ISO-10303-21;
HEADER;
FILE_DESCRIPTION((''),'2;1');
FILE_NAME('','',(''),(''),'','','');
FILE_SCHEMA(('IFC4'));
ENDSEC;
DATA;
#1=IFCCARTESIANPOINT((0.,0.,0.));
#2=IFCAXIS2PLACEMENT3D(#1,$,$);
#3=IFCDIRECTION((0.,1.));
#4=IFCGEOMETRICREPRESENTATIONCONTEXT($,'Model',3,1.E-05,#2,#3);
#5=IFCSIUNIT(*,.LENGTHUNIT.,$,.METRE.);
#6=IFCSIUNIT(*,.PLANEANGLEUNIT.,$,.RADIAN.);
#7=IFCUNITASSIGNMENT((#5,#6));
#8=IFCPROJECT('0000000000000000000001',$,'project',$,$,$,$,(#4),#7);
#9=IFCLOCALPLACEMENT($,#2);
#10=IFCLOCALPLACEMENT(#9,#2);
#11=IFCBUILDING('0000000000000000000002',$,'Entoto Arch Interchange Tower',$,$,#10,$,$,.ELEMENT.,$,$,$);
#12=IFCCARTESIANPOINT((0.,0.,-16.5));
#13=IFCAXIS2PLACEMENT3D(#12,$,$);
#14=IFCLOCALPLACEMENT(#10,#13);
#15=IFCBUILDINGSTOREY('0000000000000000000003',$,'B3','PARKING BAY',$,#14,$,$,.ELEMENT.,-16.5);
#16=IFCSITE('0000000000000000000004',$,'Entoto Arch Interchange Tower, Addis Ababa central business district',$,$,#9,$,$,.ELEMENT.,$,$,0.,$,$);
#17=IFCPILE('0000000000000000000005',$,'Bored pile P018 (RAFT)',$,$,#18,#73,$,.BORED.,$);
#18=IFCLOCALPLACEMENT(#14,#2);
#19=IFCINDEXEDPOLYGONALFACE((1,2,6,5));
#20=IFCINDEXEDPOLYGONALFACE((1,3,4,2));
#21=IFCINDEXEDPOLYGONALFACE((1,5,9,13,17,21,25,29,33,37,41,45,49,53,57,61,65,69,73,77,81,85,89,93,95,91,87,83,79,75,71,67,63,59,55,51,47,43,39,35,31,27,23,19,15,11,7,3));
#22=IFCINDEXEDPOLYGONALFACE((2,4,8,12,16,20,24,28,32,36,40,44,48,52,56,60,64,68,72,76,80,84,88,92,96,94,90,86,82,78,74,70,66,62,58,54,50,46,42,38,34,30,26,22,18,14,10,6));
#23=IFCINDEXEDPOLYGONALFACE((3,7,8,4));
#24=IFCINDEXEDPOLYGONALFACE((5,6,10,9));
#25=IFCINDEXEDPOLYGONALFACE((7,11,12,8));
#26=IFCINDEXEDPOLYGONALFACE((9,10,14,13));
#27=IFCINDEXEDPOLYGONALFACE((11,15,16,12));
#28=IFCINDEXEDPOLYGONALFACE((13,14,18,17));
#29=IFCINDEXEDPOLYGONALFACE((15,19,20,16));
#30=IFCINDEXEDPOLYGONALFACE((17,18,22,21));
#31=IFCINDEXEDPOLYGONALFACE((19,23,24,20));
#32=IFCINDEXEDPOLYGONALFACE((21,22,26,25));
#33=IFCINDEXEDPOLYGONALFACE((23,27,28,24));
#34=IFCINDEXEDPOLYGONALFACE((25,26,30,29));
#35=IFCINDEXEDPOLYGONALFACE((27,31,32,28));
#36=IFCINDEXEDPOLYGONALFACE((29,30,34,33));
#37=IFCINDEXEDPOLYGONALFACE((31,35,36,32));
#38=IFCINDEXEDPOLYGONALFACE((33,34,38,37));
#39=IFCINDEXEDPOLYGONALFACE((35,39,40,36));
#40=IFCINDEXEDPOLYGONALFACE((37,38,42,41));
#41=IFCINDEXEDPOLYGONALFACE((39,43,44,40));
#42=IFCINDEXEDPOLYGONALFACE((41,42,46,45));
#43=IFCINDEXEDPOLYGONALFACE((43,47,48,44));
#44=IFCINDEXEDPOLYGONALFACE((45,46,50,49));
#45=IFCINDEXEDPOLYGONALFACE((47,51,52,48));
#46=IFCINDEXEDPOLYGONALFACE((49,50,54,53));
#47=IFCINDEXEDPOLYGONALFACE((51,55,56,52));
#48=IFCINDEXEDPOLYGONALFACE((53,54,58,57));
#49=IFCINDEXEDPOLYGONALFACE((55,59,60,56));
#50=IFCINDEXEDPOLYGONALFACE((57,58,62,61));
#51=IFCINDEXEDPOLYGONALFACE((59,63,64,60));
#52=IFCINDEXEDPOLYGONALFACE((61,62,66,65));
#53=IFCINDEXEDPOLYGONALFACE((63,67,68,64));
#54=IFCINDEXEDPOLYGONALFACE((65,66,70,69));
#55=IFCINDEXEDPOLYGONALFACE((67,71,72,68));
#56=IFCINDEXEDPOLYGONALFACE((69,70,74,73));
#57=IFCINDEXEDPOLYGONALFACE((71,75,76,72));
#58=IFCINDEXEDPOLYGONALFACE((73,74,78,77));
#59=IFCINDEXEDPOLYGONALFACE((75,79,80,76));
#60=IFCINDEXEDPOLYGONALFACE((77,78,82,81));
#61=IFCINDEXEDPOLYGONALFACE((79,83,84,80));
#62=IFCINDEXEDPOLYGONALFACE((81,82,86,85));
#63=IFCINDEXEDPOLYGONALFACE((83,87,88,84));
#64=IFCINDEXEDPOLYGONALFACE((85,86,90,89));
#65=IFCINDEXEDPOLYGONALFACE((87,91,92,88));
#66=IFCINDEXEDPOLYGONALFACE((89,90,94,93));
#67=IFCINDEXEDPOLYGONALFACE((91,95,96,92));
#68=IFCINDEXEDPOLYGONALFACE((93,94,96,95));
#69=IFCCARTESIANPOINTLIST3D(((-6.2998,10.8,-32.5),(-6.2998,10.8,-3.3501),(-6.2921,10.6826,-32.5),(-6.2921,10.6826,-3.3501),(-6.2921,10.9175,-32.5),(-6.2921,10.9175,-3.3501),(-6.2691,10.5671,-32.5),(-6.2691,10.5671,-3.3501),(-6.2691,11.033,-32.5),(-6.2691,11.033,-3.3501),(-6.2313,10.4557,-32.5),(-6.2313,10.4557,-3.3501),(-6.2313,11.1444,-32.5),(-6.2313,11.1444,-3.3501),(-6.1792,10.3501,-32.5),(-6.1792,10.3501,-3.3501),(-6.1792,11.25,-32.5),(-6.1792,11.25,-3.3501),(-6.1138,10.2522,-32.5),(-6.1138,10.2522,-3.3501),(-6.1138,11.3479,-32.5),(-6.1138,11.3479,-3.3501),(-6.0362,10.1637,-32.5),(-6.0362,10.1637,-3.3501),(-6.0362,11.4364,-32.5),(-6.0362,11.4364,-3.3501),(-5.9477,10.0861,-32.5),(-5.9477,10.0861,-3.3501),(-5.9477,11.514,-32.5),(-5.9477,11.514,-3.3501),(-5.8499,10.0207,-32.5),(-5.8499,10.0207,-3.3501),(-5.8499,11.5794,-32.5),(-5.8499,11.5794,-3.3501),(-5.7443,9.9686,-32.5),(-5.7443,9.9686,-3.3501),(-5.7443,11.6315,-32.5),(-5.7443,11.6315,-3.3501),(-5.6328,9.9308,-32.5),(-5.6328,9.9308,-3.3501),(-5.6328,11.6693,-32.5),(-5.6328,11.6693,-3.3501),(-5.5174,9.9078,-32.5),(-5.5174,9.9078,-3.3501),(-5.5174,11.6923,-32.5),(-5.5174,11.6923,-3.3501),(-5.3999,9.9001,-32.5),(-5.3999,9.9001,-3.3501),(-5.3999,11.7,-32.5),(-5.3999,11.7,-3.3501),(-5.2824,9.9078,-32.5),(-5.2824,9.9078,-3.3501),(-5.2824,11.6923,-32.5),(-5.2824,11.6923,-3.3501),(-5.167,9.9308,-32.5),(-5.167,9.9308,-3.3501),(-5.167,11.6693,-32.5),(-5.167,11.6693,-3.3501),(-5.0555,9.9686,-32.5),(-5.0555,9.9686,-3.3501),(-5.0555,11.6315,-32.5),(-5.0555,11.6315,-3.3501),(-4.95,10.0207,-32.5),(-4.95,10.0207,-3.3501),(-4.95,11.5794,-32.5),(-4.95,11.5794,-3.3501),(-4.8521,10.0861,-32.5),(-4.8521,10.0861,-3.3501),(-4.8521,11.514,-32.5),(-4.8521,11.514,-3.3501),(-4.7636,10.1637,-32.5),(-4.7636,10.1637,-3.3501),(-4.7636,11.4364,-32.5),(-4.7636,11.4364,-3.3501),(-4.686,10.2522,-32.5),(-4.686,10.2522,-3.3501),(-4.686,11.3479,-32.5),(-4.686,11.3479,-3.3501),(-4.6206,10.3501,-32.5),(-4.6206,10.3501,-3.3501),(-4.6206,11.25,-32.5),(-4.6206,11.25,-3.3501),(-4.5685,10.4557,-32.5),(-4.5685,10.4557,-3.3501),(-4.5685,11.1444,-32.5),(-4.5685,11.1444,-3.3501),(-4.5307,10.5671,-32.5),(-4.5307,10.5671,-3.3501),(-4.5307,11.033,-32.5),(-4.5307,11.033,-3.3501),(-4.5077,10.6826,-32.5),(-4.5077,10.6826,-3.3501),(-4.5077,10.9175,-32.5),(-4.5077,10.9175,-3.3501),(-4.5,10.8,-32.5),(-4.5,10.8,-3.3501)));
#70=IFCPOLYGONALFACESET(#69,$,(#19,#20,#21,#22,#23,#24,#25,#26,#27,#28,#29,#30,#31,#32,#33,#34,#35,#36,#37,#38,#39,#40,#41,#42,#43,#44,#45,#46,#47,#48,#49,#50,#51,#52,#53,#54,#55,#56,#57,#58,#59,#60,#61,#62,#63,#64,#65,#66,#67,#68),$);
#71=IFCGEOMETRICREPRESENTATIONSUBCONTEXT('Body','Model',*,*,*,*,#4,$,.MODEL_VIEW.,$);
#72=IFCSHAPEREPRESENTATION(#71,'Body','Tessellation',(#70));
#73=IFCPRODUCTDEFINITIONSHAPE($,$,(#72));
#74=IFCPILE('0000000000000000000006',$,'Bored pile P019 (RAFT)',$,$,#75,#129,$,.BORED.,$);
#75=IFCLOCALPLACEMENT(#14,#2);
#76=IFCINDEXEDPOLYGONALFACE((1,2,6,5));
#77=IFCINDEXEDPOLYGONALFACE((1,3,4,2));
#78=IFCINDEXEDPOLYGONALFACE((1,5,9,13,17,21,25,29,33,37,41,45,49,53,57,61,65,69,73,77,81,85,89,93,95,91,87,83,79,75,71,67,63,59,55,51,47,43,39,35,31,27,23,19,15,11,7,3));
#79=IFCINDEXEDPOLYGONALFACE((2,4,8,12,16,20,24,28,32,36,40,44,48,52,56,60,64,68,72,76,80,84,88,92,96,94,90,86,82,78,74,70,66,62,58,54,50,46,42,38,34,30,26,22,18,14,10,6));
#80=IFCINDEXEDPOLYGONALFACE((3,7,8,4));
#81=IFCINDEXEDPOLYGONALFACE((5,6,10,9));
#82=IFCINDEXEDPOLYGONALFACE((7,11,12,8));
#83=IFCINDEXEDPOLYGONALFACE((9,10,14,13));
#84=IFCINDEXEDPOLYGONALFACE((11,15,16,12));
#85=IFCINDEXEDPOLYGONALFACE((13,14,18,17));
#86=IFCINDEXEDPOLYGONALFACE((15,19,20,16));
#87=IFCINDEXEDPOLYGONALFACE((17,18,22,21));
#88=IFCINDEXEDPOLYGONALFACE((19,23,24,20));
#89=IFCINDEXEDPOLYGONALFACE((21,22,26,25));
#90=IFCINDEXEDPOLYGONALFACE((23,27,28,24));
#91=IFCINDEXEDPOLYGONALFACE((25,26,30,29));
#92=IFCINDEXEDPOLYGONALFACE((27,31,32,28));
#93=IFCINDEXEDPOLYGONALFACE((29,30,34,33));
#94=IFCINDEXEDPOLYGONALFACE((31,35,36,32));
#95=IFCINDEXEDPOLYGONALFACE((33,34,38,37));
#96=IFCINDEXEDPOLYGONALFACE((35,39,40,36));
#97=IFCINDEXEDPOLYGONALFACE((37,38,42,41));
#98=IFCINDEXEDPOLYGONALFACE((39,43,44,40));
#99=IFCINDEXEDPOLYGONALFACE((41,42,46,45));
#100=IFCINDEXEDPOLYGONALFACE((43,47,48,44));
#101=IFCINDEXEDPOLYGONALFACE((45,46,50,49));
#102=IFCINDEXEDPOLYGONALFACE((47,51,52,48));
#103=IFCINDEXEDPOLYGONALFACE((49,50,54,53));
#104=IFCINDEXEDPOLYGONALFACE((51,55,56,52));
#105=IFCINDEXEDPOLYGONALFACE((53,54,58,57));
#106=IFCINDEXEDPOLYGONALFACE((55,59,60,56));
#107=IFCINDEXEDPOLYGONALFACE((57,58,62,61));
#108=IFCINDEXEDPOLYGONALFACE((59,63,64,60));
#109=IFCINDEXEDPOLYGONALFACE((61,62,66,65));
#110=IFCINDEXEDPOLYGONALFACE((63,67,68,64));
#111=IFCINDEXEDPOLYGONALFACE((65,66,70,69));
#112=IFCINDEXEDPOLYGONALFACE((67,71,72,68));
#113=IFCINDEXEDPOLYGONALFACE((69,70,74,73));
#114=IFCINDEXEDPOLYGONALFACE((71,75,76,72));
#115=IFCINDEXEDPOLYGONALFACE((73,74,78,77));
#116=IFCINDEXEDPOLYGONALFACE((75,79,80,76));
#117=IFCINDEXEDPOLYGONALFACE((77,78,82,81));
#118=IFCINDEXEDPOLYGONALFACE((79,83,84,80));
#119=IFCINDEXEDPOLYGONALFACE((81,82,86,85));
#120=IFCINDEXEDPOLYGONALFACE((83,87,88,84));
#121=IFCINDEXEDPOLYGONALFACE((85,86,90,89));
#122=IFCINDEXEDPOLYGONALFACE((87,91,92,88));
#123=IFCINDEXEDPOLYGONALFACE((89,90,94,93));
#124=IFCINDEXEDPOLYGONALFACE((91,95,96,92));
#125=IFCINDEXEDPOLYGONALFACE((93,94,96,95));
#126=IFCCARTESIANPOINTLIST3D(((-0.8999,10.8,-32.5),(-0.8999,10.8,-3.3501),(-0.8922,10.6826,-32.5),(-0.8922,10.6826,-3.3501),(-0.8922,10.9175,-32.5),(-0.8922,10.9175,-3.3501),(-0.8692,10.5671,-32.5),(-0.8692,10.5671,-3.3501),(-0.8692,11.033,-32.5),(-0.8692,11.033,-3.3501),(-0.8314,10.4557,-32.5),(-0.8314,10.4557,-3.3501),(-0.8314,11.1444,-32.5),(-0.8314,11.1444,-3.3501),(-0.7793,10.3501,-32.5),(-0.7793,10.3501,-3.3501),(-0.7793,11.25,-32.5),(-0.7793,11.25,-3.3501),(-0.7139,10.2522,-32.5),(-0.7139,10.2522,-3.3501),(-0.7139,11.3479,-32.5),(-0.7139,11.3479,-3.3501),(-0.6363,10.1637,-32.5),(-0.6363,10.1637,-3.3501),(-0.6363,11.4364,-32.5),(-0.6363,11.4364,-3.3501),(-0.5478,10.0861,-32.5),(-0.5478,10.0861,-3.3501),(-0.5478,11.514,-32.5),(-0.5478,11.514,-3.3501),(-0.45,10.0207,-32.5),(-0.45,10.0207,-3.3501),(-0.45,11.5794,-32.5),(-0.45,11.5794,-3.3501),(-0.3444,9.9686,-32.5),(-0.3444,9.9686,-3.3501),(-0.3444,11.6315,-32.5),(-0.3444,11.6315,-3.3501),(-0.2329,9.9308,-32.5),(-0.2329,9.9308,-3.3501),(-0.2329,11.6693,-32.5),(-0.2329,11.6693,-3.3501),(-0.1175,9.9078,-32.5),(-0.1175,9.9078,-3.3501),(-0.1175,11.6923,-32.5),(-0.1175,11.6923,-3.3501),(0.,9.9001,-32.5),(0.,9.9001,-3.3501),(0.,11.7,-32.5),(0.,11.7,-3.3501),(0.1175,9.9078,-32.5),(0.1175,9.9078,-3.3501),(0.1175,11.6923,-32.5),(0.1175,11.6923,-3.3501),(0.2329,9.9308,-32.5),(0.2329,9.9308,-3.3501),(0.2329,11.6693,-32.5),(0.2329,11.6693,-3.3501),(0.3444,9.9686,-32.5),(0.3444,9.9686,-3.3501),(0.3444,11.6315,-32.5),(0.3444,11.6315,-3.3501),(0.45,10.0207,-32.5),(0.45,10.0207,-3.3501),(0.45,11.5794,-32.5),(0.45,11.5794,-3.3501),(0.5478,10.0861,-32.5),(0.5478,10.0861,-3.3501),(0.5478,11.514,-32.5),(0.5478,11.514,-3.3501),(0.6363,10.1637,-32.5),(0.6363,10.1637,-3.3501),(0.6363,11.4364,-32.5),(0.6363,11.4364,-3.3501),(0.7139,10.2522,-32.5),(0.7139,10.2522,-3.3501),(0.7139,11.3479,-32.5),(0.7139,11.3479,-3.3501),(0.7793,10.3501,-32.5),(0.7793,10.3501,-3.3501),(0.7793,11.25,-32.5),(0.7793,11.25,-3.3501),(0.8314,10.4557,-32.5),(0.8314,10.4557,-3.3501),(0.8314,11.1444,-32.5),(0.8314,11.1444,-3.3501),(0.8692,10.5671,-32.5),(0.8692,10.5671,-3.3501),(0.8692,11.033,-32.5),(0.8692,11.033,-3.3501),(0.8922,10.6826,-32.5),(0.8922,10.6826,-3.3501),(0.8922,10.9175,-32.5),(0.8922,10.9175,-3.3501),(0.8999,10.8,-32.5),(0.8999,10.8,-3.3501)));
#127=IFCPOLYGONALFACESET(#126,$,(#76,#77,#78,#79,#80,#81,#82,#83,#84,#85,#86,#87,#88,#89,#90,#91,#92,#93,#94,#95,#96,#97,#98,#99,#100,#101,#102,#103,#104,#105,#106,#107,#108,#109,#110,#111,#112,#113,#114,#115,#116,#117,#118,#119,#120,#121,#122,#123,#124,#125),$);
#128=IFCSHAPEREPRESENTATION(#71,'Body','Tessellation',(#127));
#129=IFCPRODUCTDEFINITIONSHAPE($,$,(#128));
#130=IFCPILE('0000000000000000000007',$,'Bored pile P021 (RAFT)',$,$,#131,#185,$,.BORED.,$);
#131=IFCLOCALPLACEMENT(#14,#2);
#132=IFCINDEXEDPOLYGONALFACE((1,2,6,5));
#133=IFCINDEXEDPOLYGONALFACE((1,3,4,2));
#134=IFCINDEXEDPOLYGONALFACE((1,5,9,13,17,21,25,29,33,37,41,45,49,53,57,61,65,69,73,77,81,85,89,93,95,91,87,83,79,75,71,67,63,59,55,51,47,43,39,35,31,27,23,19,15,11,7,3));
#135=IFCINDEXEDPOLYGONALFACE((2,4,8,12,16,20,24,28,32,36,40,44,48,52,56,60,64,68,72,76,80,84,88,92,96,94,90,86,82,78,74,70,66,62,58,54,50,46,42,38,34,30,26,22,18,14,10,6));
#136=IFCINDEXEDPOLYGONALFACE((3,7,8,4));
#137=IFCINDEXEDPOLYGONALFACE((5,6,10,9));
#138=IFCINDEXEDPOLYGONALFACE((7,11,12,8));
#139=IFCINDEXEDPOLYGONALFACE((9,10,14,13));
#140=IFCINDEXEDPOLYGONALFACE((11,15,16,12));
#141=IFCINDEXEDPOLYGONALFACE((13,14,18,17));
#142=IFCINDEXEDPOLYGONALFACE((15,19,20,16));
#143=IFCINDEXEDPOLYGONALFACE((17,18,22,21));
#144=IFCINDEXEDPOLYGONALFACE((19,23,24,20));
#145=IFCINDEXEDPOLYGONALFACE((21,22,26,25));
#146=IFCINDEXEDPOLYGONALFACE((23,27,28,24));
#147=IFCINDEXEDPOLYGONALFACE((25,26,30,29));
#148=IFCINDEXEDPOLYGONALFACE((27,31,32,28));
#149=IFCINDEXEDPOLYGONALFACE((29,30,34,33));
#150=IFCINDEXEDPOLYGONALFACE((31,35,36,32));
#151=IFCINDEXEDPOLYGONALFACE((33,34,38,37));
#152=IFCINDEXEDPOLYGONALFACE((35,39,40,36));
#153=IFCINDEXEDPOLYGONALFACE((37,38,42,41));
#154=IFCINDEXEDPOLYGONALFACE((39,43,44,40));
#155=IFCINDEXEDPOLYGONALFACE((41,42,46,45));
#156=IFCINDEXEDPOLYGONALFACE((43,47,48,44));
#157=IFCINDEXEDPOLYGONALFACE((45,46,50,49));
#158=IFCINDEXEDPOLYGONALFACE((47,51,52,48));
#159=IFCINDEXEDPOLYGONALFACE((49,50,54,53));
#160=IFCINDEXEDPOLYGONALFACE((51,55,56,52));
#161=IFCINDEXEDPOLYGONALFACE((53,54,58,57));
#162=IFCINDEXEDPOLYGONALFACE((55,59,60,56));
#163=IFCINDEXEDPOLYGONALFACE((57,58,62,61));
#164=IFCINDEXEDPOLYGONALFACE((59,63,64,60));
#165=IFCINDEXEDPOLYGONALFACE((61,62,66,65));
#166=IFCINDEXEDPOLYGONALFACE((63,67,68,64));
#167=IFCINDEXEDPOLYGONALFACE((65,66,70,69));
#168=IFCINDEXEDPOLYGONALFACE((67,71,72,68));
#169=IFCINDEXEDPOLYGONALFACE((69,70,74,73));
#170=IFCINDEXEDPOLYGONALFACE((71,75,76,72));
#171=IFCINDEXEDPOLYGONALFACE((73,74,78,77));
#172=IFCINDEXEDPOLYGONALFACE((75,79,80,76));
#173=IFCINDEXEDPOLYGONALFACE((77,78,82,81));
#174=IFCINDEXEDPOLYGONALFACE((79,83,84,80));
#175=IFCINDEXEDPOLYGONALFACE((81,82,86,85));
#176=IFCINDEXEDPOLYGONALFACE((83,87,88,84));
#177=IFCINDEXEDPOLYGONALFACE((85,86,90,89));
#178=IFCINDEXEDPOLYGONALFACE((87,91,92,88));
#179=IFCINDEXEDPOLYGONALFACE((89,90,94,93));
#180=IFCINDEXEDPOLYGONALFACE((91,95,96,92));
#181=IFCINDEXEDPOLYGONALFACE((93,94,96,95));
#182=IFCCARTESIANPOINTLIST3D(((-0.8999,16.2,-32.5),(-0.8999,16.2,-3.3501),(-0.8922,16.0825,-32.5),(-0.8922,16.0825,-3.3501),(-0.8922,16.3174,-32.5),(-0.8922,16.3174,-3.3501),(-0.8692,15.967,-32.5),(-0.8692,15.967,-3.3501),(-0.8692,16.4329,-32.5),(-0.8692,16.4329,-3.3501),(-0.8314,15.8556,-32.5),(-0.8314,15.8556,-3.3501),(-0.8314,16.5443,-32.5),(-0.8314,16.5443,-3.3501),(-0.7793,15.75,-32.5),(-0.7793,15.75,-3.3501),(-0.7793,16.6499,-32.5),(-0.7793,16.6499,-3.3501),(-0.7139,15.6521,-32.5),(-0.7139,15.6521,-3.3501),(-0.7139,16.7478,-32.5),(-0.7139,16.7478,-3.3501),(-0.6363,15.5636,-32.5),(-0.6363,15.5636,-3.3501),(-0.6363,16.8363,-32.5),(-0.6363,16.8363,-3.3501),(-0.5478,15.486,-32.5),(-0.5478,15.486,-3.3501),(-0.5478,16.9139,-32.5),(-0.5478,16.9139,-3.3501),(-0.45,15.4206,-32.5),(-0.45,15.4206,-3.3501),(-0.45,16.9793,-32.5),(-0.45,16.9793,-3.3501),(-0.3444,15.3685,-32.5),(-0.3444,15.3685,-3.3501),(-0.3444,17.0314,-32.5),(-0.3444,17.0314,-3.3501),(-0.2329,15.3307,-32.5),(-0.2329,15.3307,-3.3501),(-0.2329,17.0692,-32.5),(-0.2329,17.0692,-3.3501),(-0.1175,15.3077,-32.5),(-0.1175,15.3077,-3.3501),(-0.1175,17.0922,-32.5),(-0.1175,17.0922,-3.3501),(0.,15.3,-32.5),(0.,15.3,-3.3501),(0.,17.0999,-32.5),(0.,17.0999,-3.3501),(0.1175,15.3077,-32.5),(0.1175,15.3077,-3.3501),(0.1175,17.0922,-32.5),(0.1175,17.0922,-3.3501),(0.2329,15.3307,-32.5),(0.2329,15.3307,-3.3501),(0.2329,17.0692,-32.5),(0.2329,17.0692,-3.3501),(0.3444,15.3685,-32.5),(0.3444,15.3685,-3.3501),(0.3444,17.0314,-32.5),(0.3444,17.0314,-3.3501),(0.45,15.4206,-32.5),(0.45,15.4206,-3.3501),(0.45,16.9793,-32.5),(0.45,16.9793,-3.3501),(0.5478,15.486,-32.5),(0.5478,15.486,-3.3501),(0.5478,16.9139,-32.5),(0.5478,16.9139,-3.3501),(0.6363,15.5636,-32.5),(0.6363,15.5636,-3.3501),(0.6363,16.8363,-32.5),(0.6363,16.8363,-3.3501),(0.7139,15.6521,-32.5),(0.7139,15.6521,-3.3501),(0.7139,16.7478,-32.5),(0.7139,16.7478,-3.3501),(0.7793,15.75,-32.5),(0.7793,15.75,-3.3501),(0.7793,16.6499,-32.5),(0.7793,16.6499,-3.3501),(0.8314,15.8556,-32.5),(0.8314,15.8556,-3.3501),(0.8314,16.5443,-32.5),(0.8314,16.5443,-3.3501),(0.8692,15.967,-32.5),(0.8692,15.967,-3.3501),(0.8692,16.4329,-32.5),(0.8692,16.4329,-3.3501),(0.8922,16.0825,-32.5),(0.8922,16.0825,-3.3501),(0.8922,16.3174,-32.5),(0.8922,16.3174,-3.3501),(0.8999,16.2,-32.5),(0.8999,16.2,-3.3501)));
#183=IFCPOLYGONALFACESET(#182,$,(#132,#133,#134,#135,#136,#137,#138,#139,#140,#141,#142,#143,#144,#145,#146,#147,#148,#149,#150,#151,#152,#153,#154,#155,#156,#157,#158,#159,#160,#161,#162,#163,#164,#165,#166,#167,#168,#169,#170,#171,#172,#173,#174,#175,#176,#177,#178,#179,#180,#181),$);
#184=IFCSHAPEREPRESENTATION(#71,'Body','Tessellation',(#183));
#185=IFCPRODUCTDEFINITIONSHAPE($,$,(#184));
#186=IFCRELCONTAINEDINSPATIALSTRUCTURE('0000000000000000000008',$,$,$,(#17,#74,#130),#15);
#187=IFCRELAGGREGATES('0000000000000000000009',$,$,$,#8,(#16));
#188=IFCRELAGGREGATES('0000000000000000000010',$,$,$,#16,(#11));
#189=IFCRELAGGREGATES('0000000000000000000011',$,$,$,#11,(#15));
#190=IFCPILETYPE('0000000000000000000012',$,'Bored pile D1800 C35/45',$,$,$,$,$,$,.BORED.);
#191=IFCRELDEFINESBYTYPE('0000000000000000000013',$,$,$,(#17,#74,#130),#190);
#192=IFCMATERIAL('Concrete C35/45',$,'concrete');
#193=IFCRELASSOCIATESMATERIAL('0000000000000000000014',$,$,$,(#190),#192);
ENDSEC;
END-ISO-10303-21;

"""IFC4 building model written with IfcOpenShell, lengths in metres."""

from ifc_helpers import new_model, si_unit, direction, frame, origin, origin_2d, place, context, subcontext, project, spatial, circle, extrude, material, material_profile, profile_set, type_object, element, save


model = new_model("IFC4")

# Units and contexts
model_context = context("Model", 3, precision=1e-05, world=origin(), true_north=direction((0.0, 1.0)))
body_context = subcontext(model_context, "Body", "Model", "MODEL_VIEW")
ifc_project = project(units=[si_unit("LENGTHUNIT", "METRE"), si_unit("PLANEANGLEUNIT", "RADIAN")], contexts=[model_context])

# Site, building, storey
site_placement = place(None, origin())
site = spatial("IfcSite", under=ifc_project, at=site_placement, Name="Entoto Arch Interchange Tower, Addis Ababa central business district", CompositionType="ELEMENT", RefElevation=0.0)
building_placement = place(site_placement, origin())
building = spatial("IfcBuilding", under=site, at=building_placement, Name="Entoto Arch Interchange Tower", CompositionType="ELEMENT")
storey_placement = place(building_placement, frame((0.0, 0.0, -16.5)))
storey = spatial("IfcBuildingStorey", under=building, at=storey_placement, Name="B3", Description="PARKING BAY", CompositionType="ELEMENT", Elevation=-16.5)

# Piles
ifc_material_1 = material(Name="Concrete C35/45", Category="concrete")
ifc_material_profile_1 = material_profile(ifc_material_1, circle(Radius=0.8999, at=origin_2d()))
ifc_profile_set_1 = profile_set([ifc_material_profile_1], Name="Concrete C35/45")
pile_type = type_object("IfcPileType", Name="Bored pile D1800 C35/45", PredefinedType="BORED", material=ifc_profile_set_1)
for number, where, z_axis, x_axis, name in (
    (1, (-5.3999, 10.8, -3.3501), (0.0, 0.0, -1.0), (1.0, 0.0, 0.0), "Bored pile P018 (RAFT)"),
    (2, (0.0, 10.8, -3.3501), (0.0, 0.0, -1.0), (1.0, 0.0, 0.0), "Bored pile P019 (RAFT)"),
    (3, (0.0, 16.2, -3.3501), (0.0, 0.0, -1.0), (1.0, 0.0, 0.0), "Bored pile P021 (RAFT)"),
):
    element("IfcPile", number, at=place(storey_placement, frame(where, z_axis=z_axis, x_axis=x_axis)), inside=storey, type_object=pile_type, Name=name, PredefinedType="BORED", context=body_context, shape_type="SweptSolid", body=[
        extrude(circle(Radius=0.8999, at=origin_2d()), origin(), (0.0, 0.0, 1.0), 29.1499),
    ])

save(model, "model.ifc")
